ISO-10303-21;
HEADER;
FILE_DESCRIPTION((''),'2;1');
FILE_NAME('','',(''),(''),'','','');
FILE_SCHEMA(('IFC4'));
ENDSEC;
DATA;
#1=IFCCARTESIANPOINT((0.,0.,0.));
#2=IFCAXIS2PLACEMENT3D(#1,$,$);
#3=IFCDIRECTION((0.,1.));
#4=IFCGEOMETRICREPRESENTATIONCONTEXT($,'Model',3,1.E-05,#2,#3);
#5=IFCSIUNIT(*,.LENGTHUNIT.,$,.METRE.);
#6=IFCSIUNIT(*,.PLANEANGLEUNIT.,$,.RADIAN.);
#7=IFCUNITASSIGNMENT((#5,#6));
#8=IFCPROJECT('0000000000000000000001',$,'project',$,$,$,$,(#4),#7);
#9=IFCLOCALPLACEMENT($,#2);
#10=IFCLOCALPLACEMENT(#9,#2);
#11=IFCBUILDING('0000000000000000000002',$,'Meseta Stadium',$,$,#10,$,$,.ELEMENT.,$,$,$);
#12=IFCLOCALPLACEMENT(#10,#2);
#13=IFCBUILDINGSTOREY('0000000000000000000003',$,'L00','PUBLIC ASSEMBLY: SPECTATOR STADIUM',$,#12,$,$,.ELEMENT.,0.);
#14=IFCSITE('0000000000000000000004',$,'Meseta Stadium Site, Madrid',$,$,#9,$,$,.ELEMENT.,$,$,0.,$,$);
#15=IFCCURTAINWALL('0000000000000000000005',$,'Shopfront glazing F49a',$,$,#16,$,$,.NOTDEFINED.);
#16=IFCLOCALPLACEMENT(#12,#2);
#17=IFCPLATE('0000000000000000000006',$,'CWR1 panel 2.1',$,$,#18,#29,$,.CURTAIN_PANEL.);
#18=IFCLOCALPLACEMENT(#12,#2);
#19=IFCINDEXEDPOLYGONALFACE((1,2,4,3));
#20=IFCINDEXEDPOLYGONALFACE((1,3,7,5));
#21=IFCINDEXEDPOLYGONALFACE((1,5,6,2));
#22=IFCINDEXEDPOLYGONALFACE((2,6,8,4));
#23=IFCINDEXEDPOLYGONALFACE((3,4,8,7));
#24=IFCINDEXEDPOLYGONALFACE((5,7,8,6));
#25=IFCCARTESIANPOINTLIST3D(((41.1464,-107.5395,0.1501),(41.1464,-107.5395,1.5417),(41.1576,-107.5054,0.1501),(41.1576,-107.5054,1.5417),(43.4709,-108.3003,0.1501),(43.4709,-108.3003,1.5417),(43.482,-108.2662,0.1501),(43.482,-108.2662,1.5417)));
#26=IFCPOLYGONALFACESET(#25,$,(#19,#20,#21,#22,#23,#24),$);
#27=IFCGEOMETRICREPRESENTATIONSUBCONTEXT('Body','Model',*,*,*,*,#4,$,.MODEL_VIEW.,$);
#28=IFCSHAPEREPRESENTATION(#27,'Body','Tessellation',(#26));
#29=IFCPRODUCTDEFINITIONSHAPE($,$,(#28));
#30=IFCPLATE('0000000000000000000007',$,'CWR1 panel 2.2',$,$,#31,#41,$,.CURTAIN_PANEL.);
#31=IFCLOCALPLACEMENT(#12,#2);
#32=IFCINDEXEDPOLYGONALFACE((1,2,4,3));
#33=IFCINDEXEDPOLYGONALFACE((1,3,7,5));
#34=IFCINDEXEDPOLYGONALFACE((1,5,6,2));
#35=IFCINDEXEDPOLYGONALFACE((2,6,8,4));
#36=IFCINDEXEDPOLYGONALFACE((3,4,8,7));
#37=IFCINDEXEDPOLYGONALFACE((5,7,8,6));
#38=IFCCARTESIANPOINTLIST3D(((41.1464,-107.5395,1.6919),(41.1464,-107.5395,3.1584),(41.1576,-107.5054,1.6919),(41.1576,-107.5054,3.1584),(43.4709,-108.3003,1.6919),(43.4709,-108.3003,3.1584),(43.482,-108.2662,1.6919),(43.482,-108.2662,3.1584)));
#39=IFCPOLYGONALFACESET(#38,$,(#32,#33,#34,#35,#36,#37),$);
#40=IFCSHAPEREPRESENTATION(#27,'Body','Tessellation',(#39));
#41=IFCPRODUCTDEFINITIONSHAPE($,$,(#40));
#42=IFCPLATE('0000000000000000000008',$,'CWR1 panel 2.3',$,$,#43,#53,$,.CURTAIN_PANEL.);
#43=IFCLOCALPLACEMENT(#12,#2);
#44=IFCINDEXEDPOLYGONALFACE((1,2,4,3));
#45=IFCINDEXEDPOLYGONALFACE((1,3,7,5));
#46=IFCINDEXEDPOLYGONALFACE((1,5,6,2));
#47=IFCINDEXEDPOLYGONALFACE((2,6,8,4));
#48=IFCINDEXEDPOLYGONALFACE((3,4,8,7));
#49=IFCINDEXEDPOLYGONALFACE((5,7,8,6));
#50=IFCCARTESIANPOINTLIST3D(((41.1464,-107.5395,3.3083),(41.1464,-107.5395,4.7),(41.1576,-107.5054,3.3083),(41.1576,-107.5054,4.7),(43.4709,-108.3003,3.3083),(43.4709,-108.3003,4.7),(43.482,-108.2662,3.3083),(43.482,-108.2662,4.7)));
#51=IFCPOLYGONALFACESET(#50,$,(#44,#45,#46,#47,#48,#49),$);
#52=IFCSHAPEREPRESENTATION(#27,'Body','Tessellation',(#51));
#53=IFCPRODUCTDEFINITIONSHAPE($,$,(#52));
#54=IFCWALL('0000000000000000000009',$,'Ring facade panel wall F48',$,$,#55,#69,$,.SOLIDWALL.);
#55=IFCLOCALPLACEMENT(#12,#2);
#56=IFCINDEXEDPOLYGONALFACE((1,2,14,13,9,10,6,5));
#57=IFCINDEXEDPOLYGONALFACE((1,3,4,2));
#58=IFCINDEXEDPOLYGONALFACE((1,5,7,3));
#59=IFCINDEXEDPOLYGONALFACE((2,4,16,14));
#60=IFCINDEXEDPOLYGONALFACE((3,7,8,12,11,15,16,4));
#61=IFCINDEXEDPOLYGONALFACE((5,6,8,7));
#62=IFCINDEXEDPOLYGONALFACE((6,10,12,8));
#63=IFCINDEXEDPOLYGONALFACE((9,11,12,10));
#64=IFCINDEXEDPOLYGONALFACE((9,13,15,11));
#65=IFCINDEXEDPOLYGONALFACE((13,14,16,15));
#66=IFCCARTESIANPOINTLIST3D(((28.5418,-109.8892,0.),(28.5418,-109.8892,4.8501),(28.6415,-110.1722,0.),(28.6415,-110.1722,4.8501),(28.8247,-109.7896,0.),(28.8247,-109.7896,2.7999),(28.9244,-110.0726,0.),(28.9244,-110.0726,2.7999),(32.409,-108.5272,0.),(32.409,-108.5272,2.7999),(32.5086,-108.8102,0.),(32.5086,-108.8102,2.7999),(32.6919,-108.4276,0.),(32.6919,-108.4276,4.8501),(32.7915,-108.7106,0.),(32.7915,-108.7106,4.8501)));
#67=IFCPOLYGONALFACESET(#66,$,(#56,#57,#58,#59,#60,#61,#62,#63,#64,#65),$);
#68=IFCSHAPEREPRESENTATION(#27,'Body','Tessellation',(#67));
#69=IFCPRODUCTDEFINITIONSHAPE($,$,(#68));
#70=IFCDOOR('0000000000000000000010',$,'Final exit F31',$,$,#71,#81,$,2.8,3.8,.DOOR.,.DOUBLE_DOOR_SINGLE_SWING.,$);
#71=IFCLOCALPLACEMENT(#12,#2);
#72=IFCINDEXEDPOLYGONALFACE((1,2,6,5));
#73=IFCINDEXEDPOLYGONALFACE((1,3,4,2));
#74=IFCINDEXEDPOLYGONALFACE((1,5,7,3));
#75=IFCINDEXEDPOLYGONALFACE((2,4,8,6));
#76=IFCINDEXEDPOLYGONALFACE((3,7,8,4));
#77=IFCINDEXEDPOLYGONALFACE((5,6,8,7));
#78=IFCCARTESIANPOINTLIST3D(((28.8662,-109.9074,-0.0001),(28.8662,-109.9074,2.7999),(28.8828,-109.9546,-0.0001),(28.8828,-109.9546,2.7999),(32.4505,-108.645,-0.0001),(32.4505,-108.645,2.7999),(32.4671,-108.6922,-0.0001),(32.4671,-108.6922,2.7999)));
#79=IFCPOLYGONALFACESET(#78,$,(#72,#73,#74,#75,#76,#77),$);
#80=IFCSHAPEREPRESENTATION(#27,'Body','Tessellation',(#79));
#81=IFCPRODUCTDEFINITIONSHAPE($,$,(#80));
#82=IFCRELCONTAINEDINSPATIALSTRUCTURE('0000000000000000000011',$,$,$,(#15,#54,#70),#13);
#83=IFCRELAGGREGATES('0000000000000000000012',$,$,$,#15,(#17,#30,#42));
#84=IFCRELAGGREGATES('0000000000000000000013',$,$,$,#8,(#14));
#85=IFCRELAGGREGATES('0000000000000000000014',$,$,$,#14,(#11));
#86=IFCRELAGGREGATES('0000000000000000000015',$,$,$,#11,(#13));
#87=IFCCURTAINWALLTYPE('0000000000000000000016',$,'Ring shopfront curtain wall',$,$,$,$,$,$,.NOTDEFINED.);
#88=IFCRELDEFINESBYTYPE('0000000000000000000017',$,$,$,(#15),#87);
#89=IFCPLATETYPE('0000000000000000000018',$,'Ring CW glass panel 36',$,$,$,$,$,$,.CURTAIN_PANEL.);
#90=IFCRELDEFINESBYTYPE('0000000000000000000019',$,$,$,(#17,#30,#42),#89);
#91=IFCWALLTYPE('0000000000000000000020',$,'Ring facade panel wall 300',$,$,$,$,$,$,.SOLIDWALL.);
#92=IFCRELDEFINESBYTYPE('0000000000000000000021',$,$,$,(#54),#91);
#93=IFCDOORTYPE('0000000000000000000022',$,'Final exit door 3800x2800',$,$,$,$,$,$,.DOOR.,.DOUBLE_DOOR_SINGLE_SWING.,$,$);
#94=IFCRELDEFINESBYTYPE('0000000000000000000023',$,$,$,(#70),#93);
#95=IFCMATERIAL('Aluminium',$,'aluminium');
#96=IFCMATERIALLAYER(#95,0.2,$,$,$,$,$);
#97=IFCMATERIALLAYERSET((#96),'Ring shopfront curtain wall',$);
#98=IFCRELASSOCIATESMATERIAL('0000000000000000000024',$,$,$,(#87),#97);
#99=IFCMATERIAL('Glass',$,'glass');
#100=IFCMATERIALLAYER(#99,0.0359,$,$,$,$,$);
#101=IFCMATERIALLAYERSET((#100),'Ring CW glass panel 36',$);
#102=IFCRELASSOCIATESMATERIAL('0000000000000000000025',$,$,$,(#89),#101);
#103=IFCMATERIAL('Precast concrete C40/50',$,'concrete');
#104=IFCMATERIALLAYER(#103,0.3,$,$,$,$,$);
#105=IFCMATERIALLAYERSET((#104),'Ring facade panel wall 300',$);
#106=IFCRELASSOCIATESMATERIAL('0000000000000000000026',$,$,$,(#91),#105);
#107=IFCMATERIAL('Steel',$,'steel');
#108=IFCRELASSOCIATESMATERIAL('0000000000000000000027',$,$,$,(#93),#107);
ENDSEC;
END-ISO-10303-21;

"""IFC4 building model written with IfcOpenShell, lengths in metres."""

from ifc_helpers import new_model, si_unit, direction, frame, frame_2d, origin, origin_2d, place, context, subcontext, project, spatial, rectangle, extrude, material, layer, layer_set, type_object, element, fill, aggregate, save


model = new_model("IFC4")

# Units and contexts
model_context = context("Model", 3, precision=1e-05, world=origin(), true_north=direction((0.0, 1.0)))
body_context = subcontext(model_context, "Body", "Model", "MODEL_VIEW")
ifc_project = project(units=[si_unit("LENGTHUNIT", "METRE"), si_unit("PLANEANGLEUNIT", "RADIAN")], contexts=[model_context])

# Site, building, storey
site_placement = place(None, origin())
site = spatial("IfcSite", under=ifc_project, at=site_placement, Name="Meseta Stadium Site, Madrid", CompositionType="ELEMENT", RefElevation=0.0)
building_placement = place(site_placement, origin())
building = spatial("IfcBuilding", under=site, at=building_placement, Name="Meseta Stadium", CompositionType="ELEMENT")
storey_placement = place(building_placement, origin())
storey = spatial("IfcBuildingStorey", under=building, at=storey_placement, Name="L00", Description="PUBLIC ASSEMBLY: SPECTATOR STADIUM", CompositionType="ELEMENT", Elevation=0.0)

# Curtain wall
ifc_material_1 = material(Name="Aluminium", Category="aluminium")
ifc_layer_1 = layer(ifc_material_1, 0.2)
ifc_layer_set_1 = layer_set([ifc_layer_1], Name="Ring shopfront curtain wall")
curtain_wall_type = type_object("IfcCurtainWallType", Name="Ring shopfront curtain wall", PredefinedType="NOTDEFINED", material=ifc_layer_set_1)
curtain_wall_1_placement = place(storey_placement, origin())
curtain_wall_1 = element("IfcCurtainWall", 1, at=curtain_wall_1_placement, inside=storey, type_object=curtain_wall_type, Name="Shopfront glazing F49a", PredefinedType="NOTDEFINED")

# Plates
ifc_material_2 = material(Name="Glass", Category="glass")
ifc_layer_2 = layer(ifc_material_2, 0.0359)
ifc_layer_set_2 = layer_set([ifc_layer_2], Name="Ring CW glass panel 36")
plate_type = type_object("IfcPlateType", Name="Ring CW glass panel 36", PredefinedType="CURTAIN_PANEL", material=ifc_layer_set_2)
plate_1_placement = place(storey_placement, frame((42.3142, -107.9028, 0.1501), z_axis=(0.0, 0.0, 1.0), x_axis=(0.950391, -0.311059, 0.0)))
plate_1 = element("IfcPlate", 2, at=plate_1_placement, type_object=plate_type, Name="CWR1 panel 2.1", PredefinedType="CURTAIN_PANEL", context=body_context, shape_type="SweptSolid", body=[
    extrude(rectangle(XDim=2.4458, YDim=0.0359, at=origin_2d()), origin(), (0.0, 0.0, 1.0), 1.3916),
])
plate_2_placement = place(storey_placement, frame((42.3142, -107.9028, 1.6919), z_axis=(0.0, 0.0, 1.0), x_axis=(0.950391, -0.311059, 0.0)))
plate_2 = element("IfcPlate", 3, at=plate_2_placement, type_object=plate_type, Name="CWR1 panel 2.2", PredefinedType="CURTAIN_PANEL", context=body_context, shape_type="SweptSolid", body=[
    extrude(rectangle(XDim=2.4458, YDim=0.0359, at=origin_2d()), origin(), (0.0, 0.0, 1.0), 1.4666),
])
plate_3_placement = place(storey_placement, frame((42.3142, -107.9028, 3.3083), z_axis=(0.0, 0.0, 1.0), x_axis=(0.950391, -0.311059, 0.0)))
plate_3 = element("IfcPlate", 4, at=plate_3_placement, type_object=plate_type, Name="CWR1 panel 2.3", PredefinedType="CURTAIN_PANEL", context=body_context, shape_type="SweptSolid", body=[
    extrude(rectangle(XDim=2.4458, YDim=0.0359, at=origin_2d()), origin(), (0.0, 0.0, 1.0), 1.3916),
])
aggregate(curtain_wall_1, [plate_1, plate_2, plate_3])

# Wall, opening, door
ifc_material_3 = material(Name="Precast concrete C40/50", Category="concrete")
ifc_layer_3 = layer(ifc_material_3, 0.3)
ifc_layer_set_3 = layer_set([ifc_layer_3], Name="Ring facade panel wall 300")
wall_type = type_object("IfcWallType", Name="Ring facade panel wall 300", PredefinedType="SOLIDWALL", material=ifc_layer_set_3)
wall_placement = place(storey_placement, frame((32.7417, -108.5691, 0.0), z_axis=(0.0, 0.0, 1.0), x_axis=(-0.94321, -0.332196, 0.0)))
wall = element("IfcWall", 5, at=wall_placement, inside=storey, type_object=wall_type, Name="Ring facade panel wall F48", PredefinedType="SOLIDWALL", context=body_context, shape_type="SweptSolid", body=[
    extrude(rectangle(XDim=4.3999, YDim=0.3, at=frame_2d((2.2, 0.0))), origin(), (0.0, 0.0, 1.0), 4.8501),
])
opening_placement = place(wall_placement, frame((0.3, 0.0, 0.0)))
opening = element("IfcOpeningElement", 6, at=opening_placement, cuts=wall, PredefinedType="OPENING", context=body_context, shape_type="SweptSolid", body=[
    extrude(rectangle(XDim=3.8, YDim=2.8, at=frame_2d((1.8999, 1.3999))), frame((0.0, 0.1599, 0.0), z_axis=(0.0, -1.0, 0.0), x_axis=(1.0, 0.0, 0.0)), (0.0, 0.0, 1.0), 0.3201),
])
ifc_material_4 = material(Name="Steel", Category="steel")
door_type = type_object("IfcDoorType", Name="Final exit door 3800x2800", OperationType="DOUBLE_DOOR_SINGLE_SWING", PredefinedType="DOOR", material=ifc_material_4)
door_placement = place(opening_placement, origin())
door = element("IfcDoor", 7, at=door_placement, inside=storey, type_object=door_type, Name="Final exit F31", OperationType="DOUBLE_DOOR_SINGLE_SWING", OverallHeight=2.8, OverallWidth=3.8, PredefinedType="DOOR", context=body_context, shape_type="SweptSolid", body=[
    extrude(rectangle(XDim=3.8, YDim=2.8, at=frame_2d((1.8999, 1.3999))), frame((0.0, 0.0249, 0.0), z_axis=(0.0, -1.0, 0.0), x_axis=(1.0, 0.0, 0.0)), (0.0, 0.0, 1.0), 0.05),
])
fill(opening, door)

save(model, "model.ifc")
